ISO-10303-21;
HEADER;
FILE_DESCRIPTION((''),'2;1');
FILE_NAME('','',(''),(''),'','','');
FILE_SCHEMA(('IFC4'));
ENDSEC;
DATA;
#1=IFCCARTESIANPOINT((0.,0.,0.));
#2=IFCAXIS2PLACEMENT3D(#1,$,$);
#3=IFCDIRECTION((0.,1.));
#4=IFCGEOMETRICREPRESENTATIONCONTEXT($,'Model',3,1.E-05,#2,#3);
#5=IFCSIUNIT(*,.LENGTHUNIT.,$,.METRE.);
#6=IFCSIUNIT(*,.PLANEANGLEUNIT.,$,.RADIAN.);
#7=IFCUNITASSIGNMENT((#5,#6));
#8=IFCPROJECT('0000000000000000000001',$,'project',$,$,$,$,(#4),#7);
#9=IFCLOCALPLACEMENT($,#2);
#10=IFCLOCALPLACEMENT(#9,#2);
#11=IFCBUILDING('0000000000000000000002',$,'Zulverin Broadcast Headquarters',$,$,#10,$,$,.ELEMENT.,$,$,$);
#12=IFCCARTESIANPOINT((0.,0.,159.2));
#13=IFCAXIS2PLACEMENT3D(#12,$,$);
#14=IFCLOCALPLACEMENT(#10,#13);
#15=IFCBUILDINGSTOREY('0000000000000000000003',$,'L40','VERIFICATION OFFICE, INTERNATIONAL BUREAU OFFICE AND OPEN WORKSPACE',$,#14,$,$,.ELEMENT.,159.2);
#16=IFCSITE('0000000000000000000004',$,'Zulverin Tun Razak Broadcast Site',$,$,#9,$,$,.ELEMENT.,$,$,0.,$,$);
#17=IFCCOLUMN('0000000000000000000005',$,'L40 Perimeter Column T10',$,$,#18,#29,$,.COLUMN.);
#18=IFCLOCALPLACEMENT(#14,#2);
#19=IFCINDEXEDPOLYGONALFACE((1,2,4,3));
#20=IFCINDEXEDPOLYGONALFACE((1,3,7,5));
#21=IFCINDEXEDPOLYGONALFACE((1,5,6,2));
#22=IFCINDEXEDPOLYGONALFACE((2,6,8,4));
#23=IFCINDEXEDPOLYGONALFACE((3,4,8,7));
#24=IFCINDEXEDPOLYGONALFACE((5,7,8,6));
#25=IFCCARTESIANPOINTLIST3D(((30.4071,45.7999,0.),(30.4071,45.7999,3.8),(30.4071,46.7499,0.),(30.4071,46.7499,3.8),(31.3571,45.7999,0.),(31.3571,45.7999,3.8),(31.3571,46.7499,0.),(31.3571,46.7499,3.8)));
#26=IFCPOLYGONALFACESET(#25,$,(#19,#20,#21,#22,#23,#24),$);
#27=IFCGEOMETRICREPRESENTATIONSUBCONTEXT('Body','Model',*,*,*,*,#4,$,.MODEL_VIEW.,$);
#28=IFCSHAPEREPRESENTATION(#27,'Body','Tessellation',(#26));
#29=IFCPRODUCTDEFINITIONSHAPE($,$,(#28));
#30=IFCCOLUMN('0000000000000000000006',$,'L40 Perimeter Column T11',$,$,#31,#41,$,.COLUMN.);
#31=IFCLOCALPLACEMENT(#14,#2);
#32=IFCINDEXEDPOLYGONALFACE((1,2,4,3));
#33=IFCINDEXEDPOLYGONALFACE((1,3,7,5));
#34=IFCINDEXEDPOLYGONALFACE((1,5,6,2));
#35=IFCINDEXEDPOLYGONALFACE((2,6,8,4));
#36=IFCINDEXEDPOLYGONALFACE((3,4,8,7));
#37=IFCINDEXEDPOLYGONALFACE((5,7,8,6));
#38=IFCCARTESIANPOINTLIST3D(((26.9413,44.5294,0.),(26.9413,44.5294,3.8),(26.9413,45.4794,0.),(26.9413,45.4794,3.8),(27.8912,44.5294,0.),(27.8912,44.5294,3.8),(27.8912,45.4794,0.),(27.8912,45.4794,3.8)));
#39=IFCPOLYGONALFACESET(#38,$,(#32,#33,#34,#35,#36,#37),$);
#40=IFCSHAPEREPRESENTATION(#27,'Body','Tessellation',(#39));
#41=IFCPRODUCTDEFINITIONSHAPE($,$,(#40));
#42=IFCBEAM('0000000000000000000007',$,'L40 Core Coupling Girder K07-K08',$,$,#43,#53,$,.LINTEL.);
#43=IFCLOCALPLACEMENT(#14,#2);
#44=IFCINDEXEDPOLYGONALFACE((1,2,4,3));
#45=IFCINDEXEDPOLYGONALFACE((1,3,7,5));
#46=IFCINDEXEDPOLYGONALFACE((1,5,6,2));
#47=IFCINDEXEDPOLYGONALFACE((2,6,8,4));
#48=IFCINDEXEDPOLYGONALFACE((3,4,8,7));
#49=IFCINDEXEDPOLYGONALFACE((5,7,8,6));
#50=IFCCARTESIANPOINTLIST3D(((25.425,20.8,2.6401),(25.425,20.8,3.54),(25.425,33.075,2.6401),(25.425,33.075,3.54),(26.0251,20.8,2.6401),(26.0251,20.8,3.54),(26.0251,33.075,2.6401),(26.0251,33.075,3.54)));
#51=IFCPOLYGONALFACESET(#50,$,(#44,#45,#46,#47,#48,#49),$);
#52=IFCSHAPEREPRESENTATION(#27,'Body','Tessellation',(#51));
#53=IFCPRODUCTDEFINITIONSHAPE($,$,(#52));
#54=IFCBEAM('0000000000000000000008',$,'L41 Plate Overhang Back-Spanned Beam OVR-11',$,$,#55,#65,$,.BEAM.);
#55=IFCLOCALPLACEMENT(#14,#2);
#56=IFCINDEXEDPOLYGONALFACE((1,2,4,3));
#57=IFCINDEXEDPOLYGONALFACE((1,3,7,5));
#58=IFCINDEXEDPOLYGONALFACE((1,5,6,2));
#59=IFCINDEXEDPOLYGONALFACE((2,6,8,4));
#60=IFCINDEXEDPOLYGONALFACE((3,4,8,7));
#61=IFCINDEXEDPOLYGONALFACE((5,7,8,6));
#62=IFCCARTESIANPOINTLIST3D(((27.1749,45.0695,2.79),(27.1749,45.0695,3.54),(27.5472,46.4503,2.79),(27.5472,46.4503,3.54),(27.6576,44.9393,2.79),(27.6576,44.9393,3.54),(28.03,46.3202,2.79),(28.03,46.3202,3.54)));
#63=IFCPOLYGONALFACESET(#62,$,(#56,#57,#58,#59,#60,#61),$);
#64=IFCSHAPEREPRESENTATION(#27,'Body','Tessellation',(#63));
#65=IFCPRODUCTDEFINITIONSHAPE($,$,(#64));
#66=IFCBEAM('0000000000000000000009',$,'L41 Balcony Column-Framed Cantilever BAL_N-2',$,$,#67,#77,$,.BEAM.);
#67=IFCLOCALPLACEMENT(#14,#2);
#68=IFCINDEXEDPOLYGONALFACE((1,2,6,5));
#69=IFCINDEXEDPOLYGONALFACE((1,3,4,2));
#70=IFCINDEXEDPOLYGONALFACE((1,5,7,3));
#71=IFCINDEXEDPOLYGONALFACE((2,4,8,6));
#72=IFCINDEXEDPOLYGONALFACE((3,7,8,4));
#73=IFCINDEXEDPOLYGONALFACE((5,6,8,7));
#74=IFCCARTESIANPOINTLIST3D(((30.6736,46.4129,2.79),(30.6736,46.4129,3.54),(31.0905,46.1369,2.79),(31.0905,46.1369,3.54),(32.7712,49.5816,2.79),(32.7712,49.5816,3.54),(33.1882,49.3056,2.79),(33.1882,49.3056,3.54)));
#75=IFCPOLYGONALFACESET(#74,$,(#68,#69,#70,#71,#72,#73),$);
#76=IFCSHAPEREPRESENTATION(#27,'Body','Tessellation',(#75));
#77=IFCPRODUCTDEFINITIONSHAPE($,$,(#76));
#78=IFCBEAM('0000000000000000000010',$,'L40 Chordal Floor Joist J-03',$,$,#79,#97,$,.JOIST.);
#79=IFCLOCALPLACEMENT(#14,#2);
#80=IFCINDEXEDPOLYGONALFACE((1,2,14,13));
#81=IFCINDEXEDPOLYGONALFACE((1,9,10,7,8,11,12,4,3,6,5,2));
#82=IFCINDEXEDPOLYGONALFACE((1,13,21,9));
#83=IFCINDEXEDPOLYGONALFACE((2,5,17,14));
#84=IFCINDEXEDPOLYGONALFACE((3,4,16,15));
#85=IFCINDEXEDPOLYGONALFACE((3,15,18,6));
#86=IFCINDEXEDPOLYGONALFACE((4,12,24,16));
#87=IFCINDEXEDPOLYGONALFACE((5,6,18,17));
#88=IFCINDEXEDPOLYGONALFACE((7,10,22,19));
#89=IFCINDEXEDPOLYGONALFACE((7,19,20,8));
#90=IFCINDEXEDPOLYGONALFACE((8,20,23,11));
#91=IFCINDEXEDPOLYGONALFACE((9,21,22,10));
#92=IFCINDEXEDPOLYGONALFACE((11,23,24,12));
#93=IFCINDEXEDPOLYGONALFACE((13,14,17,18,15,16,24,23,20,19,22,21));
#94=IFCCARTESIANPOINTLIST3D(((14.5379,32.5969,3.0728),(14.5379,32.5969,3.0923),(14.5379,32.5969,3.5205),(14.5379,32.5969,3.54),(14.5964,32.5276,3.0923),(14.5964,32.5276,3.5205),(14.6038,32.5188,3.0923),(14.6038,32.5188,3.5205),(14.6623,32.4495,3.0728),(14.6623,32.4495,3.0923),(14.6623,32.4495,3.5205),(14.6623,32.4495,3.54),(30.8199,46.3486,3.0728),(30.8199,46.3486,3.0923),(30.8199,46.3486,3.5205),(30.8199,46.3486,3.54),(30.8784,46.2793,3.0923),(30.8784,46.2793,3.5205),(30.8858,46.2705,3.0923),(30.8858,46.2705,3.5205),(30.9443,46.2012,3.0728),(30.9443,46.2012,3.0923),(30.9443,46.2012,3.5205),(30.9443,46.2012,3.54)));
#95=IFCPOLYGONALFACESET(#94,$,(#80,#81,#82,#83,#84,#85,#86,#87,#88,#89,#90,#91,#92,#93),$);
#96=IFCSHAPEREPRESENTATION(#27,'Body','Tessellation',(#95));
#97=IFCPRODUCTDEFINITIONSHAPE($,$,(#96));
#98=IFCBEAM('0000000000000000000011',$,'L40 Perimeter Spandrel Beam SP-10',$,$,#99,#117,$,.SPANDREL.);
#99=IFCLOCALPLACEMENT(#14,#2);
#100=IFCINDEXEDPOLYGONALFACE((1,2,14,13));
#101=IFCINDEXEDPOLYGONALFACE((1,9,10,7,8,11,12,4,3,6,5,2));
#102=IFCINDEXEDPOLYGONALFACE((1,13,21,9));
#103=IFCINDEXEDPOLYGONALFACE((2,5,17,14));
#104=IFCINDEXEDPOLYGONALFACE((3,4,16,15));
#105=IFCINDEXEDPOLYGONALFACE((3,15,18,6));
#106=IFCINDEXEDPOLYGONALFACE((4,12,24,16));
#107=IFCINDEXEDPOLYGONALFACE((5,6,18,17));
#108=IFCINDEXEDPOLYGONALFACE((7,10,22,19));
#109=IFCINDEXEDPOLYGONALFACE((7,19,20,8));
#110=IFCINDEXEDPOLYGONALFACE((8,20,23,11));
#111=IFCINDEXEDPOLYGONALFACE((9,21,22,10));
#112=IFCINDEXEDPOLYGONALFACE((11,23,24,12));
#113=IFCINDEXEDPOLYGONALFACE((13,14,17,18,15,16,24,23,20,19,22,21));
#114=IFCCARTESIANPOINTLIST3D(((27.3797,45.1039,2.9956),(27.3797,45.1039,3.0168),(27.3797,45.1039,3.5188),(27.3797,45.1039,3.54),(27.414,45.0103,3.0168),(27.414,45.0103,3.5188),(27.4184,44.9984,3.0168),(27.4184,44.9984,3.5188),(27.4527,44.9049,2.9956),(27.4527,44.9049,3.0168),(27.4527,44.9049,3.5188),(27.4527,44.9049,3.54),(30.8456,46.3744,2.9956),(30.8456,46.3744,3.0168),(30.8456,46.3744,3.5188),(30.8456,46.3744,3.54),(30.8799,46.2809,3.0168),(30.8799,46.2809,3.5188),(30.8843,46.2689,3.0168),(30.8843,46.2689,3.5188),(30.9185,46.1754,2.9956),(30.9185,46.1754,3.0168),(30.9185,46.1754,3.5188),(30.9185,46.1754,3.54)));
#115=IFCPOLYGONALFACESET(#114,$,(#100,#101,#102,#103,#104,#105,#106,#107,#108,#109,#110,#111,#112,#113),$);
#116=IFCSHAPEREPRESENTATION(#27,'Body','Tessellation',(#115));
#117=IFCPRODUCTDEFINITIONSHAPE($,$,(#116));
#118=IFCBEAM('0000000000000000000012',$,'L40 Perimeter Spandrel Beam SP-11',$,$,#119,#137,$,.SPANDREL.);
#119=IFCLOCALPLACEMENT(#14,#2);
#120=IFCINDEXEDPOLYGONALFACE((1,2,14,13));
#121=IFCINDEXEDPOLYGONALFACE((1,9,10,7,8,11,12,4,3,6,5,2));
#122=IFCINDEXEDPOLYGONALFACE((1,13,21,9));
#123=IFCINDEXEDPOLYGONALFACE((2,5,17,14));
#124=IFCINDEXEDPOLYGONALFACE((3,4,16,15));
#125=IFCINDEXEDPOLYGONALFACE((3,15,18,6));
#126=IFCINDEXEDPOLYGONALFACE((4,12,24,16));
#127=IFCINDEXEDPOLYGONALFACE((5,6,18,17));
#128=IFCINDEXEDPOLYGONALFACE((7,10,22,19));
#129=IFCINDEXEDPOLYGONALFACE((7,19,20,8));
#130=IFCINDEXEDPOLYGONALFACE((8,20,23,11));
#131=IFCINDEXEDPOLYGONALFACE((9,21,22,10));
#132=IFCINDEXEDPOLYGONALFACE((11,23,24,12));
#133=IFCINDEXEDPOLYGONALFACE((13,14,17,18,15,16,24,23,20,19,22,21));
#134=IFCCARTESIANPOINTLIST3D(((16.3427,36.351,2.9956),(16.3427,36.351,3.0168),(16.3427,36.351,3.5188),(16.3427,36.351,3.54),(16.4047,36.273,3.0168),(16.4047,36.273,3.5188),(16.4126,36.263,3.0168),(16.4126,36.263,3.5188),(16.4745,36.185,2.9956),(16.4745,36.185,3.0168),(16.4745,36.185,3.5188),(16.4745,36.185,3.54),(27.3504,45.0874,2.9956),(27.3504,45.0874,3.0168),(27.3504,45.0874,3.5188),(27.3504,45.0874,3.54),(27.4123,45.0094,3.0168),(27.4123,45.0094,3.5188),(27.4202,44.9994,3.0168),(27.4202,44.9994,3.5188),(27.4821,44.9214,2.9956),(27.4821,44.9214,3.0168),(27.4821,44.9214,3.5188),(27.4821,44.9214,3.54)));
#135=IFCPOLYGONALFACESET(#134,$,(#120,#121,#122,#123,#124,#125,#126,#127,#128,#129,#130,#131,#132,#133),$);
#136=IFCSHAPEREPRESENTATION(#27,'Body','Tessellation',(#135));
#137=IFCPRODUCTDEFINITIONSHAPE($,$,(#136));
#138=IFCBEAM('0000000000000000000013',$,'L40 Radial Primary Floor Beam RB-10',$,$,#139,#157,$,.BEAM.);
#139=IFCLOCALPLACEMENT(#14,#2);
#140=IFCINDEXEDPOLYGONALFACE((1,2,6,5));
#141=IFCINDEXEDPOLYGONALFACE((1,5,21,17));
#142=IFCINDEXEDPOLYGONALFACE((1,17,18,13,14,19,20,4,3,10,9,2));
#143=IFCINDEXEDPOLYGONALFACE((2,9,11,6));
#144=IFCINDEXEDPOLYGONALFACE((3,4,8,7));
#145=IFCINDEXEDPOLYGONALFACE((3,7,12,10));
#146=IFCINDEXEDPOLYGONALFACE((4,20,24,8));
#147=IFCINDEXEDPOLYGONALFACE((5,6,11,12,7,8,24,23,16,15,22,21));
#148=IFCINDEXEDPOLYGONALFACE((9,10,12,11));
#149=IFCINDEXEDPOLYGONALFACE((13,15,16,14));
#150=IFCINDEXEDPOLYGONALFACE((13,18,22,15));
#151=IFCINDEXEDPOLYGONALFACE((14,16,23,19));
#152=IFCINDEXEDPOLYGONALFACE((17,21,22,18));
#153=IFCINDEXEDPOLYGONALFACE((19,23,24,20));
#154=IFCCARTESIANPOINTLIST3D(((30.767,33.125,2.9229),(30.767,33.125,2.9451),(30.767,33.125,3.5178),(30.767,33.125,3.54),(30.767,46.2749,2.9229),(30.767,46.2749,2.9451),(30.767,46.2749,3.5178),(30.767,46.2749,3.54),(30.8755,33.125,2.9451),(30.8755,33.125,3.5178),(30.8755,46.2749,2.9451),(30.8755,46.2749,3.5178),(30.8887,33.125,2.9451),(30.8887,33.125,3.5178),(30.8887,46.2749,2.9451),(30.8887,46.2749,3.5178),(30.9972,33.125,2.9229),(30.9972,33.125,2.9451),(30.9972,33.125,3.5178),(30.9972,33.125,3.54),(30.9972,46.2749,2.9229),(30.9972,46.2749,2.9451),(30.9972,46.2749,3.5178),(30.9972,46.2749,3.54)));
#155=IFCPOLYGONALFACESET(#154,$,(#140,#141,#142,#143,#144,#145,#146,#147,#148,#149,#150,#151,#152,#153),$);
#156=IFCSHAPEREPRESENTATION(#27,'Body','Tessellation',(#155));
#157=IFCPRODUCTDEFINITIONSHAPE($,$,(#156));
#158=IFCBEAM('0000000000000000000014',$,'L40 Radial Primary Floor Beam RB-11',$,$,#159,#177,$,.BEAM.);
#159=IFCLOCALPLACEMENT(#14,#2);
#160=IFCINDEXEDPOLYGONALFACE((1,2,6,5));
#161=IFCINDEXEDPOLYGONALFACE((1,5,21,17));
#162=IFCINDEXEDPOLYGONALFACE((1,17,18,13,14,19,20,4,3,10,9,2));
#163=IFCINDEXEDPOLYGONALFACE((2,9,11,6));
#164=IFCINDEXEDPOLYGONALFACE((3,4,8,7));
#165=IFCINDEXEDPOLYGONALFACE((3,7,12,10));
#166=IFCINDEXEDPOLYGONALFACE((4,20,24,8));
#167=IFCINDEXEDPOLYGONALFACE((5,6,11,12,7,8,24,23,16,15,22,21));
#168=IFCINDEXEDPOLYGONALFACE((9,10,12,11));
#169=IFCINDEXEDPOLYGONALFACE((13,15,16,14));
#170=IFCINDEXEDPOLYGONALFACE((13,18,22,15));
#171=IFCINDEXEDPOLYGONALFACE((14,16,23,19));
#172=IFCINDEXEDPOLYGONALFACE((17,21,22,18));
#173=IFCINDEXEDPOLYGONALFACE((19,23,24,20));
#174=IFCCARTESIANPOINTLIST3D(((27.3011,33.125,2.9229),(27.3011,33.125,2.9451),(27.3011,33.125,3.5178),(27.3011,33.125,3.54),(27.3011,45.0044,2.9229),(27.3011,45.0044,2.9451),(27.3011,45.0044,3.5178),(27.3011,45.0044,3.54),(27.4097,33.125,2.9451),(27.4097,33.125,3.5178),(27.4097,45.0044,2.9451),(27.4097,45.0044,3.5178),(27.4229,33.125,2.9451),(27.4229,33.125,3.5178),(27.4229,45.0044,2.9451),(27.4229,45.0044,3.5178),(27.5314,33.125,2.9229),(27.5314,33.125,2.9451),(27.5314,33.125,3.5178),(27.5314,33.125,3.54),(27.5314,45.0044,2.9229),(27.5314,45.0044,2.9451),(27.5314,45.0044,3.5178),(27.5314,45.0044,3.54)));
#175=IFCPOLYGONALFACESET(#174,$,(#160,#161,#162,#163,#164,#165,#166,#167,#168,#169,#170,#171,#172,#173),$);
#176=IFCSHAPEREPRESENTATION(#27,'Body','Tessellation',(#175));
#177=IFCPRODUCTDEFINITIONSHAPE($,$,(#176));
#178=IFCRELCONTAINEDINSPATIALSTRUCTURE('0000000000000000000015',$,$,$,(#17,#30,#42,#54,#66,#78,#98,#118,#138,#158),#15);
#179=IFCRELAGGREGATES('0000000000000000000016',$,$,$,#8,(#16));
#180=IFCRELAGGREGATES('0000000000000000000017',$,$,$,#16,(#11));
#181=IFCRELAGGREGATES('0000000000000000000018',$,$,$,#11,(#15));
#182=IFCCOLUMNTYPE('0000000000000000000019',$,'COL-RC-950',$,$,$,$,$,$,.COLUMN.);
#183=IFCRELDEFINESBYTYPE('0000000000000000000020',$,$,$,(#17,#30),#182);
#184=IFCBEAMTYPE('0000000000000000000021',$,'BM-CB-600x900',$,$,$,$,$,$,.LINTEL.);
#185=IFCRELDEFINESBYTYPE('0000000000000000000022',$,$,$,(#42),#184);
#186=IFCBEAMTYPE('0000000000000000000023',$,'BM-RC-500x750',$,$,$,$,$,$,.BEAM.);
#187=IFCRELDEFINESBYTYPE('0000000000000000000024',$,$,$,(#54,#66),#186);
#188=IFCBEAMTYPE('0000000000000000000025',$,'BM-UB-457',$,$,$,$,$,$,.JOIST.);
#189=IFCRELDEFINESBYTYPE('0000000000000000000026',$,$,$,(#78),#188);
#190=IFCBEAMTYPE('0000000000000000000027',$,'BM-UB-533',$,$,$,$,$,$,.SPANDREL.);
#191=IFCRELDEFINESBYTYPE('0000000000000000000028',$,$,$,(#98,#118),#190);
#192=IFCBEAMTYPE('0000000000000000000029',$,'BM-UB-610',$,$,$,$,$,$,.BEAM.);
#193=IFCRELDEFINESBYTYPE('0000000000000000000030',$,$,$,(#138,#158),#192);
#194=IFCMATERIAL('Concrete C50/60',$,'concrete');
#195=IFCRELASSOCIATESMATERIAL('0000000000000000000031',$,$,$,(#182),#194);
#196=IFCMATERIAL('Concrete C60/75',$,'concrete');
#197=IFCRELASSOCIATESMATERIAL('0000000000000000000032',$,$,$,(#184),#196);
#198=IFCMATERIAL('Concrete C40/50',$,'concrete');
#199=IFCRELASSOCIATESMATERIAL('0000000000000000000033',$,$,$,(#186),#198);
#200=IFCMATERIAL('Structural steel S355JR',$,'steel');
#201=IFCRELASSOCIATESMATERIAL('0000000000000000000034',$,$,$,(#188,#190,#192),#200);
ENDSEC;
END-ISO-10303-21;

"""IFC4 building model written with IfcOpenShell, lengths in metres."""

from ifc_helpers import new_model, si_unit, direction, frame, origin, origin_2d, place, context, subcontext, project, spatial, rectangle, i_section, extrude, material, material_profile, profile_set, type_object, element, save


model = new_model("IFC4")

# Units and contexts
model_context = context("Model", 3, precision=1e-05, world=origin(), true_north=direction((0.0, 1.0)))
body_context = subcontext(model_context, "Body", "Model", "MODEL_VIEW")
ifc_project = project(units=[si_unit("LENGTHUNIT", "METRE"), si_unit("PLANEANGLEUNIT", "RADIAN")], contexts=[model_context])

# Site, building, storey
site_placement = place(None, origin())
site = spatial("IfcSite", under=ifc_project, at=site_placement, Name="Zulverin Tun Razak Broadcast Site", CompositionType="ELEMENT", RefElevation=0.0)
building_placement = place(site_placement, origin())
building = spatial("IfcBuilding", under=site, at=building_placement, Name="Zulverin Broadcast Headquarters", CompositionType="ELEMENT")
storey_placement = place(building_placement, frame((0.0, 0.0, 159.2)))
storey = spatial("IfcBuildingStorey", under=building, at=storey_placement, Name="L40", Description="VERIFICATION OFFICE, INTERNATIONAL BUREAU OFFICE AND OPEN WORKSPACE", CompositionType="ELEMENT", Elevation=159.2)

# Columns
ifc_material_1 = material(Name="Concrete C50/60", Category="concrete")
ifc_material_profile_1 = material_profile(ifc_material_1, rectangle(XDim=0.95, YDim=0.95, at=origin_2d()), Name="Concrete C50/60", Category="concrete")
ifc_profile_set_1 = profile_set([ifc_material_profile_1], Name="Concrete C50/60")
column_type = type_object("IfcColumnType", Name="COL-RC-950", PredefinedType="COLUMN", material=ifc_profile_set_1)
for number, where, z_axis, x_axis, name in (
    (1, (30.8821, 46.2749, 0.0), (0.0, 0.0, 1.0), (1.0, 0.0, 0.0), "L40 Perimeter Column T10"),
    (2, (27.4163, 45.0044, 0.0), (0.0, 0.0, 1.0), (1.0, 0.0, 0.0), "L40 Perimeter Column T11"),
):
    element("IfcColumn", number, at=place(storey_placement, frame(where, z_axis=z_axis, x_axis=x_axis)), inside=storey, type_object=column_type, Name=name, PredefinedType="COLUMN", context=body_context, shape_type="SweptSolid", body=[
        extrude(rectangle(XDim=0.95, YDim=0.95, at=origin_2d()), origin(), (0.0, 0.0, 1.0), 3.8),
    ])

# Beams
ifc_material_2 = material(Name="Concrete C60/75", Category="concrete")
ifc_material_profile_2 = material_profile(ifc_material_2, rectangle(XDim=0.6001, YDim=0.8999, at=origin_2d()), Name="Concrete C60/75", Category="concrete")
ifc_profile_set_2 = profile_set([ifc_material_profile_2], Name="Concrete C60/75")
beam_type_1 = type_object("IfcBeamType", Name="BM-CB-600x900", PredefinedType="LINTEL", material=ifc_profile_set_2)
beam_1_placement = place(storey_placement, frame((25.7251, 33.075, 3.0901), z_axis=(0.0, -1.0, 0.0), x_axis=(1.0, 0.0, 0.0)))
element("IfcBeam", 3, at=beam_1_placement, inside=storey, type_object=beam_type_1, Name="L40 Core Coupling Girder K07-K08", PredefinedType="LINTEL", context=body_context, shape_type="SweptSolid", body=[
    extrude(rectangle(XDim=0.6001, YDim=0.8999, at=origin_2d()), origin(), (0.0, 0.0, 1.0), 12.2749),
])
ifc_material_3 = material(Name="Concrete C40/50", Category="concrete")
ifc_material_profile_3 = material_profile(ifc_material_3, rectangle(XDim=0.5, YDim=0.75, at=origin_2d()), Name="Concrete C40/50", Category="concrete")
ifc_profile_set_3 = profile_set([ifc_material_profile_3], Name="Concrete C40/50")
beam_type_2 = type_object("IfcBeamType", Name="BM-RC-500x750", PredefinedType="BEAM", material=ifc_profile_set_3)
beam_2_placement = place(storey_placement, frame((27.4163, 45.0044, 3.165), z_axis=(0.260329, 0.96552, 0.0), x_axis=(-0.96552, 0.260329, 0.0)))
element("IfcBeam", 4, at=beam_2_placement, inside=storey, type_object=beam_type_2, Name="L41 Plate Overhang Back-Spanned Beam OVR-11", PredefinedType="BEAM", context=body_context, shape_type="SweptSolid", body=[
    extrude(rectangle(XDim=0.5, YDim=0.75, at=origin_2d()), origin(), (0.0, 0.0, 1.0), 1.4302),
])
beam_3_placement = place(storey_placement, frame((30.8821, 46.2749, 3.165), z_axis=(0.551999, 0.833845, 0.0), x_axis=(-0.833845, 0.551999, 0.0)))
element("IfcBeam", 5, at=beam_3_placement, inside=storey, type_object=beam_type_2, Name="L41 Balcony Column-Framed Cantilever BAL_N-2", PredefinedType="BEAM", context=body_context, shape_type="SweptSolid", body=[
    extrude(rectangle(XDim=0.5, YDim=0.75, at=origin_2d()), origin(), (0.0, 0.0, 1.0), 3.8),
])
ifc_material_4 = material(Name="Structural steel S355JR", Category="steel")
ifc_material_profile_4 = material_profile(ifc_material_4, i_section(OverallWidth=0.1929, OverallDepth=0.4673, WebThickness=0.0115, FlangeThickness=0.0195, at=origin_2d()), Name="Structural steel S355JR", Category="steel")
ifc_profile_set_4 = profile_set([ifc_material_profile_4], Name="Structural steel S355JR")
beam_type_3 = type_object("IfcBeamType", Name="BM-UB-457", PredefinedType="JOIST", material=ifc_profile_set_4)
beam_4_placement = place(storey_placement, frame((30.8821, 46.2749, 3.3064), z_axis=(-0.763973, -0.645249, 0.0), x_axis=(0.645249, -0.763973, 0.0)))
element("IfcBeam", 6, at=beam_4_placement, inside=storey, type_object=beam_type_3, Name="L40 Chordal Floor Joist J-03", PredefinedType="JOIST", context=body_context, shape_type="SweptSolid", body=[
    extrude(i_section(OverallWidth=0.1929, OverallDepth=0.4673, WebThickness=0.0115, FlangeThickness=0.0195, at=origin_2d()), origin(), (0.0, 0.0, 1.0), 21.3123),
])
ifc_material_profile_5 = material_profile(ifc_material_4, i_section(OverallWidth=0.2119, OverallDepth=0.5444, WebThickness=0.0127, FlangeThickness=0.0212, at=origin_2d()), Name="Structural steel S355JR", Category="steel")
ifc_profile_set_5 = profile_set([ifc_material_profile_5], Name="Structural steel S355JR")
beam_type_4 = type_object("IfcBeamType", Name="BM-UB-533", PredefinedType="SPANDREL", material=ifc_profile_set_5)
beam_5_placement = place(storey_placement, frame((30.8821, 46.2749, 3.2678), z_axis=(-0.938902, -0.344185, 0.0), x_axis=(0.344185, -0.938902, 0.0)))
element("IfcBeam", 7, at=beam_5_placement, inside=storey, type_object=beam_type_4, Name="L40 Perimeter Spandrel Beam SP-10", PredefinedType="SPANDREL", context=body_context, shape_type="SweptSolid", body=[
    extrude(i_section(OverallWidth=0.2119, OverallDepth=0.5444, WebThickness=0.0127, FlangeThickness=0.0212, at=origin_2d()), origin(), (0.0, 0.0, 1.0), 3.6914),
])
beam_6_placement = place(storey_placement, frame((27.4163, 45.0044, 3.2678), z_axis=(-0.783283, -0.621665, 0.0), x_axis=(0.621665, -0.783283, 0.0)))
element("IfcBeam", 8, at=beam_6_placement, inside=storey, type_object=beam_type_4, Name="L40 Perimeter Spandrel Beam SP-11", PredefinedType="SPANDREL", context=body_context, shape_type="SweptSolid", body=[
    extrude(i_section(OverallWidth=0.2119, OverallDepth=0.5444, WebThickness=0.0127, FlangeThickness=0.0212, at=origin_2d()), origin(), (0.0, 0.0, 1.0), 14.0532),
])
ifc_material_profile_6 = material_profile(ifc_material_4, i_section(OverallWidth=0.2302, OverallDepth=0.6172, WebThickness=0.0132, FlangeThickness=0.0222, at=origin_2d()), Name="Structural steel S355JR", Category="steel")
ifc_profile_set_6 = profile_set([ifc_material_profile_6], Name="Structural steel S355JR")
beam_type_5 = type_object("IfcBeamType", Name="BM-UB-610", PredefinedType="BEAM", material=ifc_profile_set_6)
beam_7_placement = place(storey_placement, frame((30.8821, 33.125, 3.2314), z_axis=(0.0, 1.0, 0.0), x_axis=(-1.0, 0.0, 0.0)))
element("IfcBeam", 9, at=beam_7_placement, inside=storey, type_object=beam_type_5, Name="L40 Radial Primary Floor Beam RB-10", PredefinedType="BEAM", context=body_context, shape_type="SweptSolid", body=[
    extrude(i_section(OverallWidth=0.2302, OverallDepth=0.6172, WebThickness=0.0132, FlangeThickness=0.0222, at=origin_2d()), origin(), (0.0, 0.0, 1.0), 13.1499),
])
beam_8_placement = place(storey_placement, frame((27.4163, 33.125, 3.2314), z_axis=(0.0, 1.0, 0.0), x_axis=(-1.0, 0.0, 0.0)))
element("IfcBeam", 10, at=beam_8_placement, inside=storey, type_object=beam_type_5, Name="L40 Radial Primary Floor Beam RB-11", PredefinedType="BEAM", context=body_context, shape_type="SweptSolid", body=[
    extrude(i_section(OverallWidth=0.2302, OverallDepth=0.6172, WebThickness=0.0132, FlangeThickness=0.0222, at=origin_2d()), origin(), (0.0, 0.0, 1.0), 11.8794),
])

save(model, "model.ifc")
